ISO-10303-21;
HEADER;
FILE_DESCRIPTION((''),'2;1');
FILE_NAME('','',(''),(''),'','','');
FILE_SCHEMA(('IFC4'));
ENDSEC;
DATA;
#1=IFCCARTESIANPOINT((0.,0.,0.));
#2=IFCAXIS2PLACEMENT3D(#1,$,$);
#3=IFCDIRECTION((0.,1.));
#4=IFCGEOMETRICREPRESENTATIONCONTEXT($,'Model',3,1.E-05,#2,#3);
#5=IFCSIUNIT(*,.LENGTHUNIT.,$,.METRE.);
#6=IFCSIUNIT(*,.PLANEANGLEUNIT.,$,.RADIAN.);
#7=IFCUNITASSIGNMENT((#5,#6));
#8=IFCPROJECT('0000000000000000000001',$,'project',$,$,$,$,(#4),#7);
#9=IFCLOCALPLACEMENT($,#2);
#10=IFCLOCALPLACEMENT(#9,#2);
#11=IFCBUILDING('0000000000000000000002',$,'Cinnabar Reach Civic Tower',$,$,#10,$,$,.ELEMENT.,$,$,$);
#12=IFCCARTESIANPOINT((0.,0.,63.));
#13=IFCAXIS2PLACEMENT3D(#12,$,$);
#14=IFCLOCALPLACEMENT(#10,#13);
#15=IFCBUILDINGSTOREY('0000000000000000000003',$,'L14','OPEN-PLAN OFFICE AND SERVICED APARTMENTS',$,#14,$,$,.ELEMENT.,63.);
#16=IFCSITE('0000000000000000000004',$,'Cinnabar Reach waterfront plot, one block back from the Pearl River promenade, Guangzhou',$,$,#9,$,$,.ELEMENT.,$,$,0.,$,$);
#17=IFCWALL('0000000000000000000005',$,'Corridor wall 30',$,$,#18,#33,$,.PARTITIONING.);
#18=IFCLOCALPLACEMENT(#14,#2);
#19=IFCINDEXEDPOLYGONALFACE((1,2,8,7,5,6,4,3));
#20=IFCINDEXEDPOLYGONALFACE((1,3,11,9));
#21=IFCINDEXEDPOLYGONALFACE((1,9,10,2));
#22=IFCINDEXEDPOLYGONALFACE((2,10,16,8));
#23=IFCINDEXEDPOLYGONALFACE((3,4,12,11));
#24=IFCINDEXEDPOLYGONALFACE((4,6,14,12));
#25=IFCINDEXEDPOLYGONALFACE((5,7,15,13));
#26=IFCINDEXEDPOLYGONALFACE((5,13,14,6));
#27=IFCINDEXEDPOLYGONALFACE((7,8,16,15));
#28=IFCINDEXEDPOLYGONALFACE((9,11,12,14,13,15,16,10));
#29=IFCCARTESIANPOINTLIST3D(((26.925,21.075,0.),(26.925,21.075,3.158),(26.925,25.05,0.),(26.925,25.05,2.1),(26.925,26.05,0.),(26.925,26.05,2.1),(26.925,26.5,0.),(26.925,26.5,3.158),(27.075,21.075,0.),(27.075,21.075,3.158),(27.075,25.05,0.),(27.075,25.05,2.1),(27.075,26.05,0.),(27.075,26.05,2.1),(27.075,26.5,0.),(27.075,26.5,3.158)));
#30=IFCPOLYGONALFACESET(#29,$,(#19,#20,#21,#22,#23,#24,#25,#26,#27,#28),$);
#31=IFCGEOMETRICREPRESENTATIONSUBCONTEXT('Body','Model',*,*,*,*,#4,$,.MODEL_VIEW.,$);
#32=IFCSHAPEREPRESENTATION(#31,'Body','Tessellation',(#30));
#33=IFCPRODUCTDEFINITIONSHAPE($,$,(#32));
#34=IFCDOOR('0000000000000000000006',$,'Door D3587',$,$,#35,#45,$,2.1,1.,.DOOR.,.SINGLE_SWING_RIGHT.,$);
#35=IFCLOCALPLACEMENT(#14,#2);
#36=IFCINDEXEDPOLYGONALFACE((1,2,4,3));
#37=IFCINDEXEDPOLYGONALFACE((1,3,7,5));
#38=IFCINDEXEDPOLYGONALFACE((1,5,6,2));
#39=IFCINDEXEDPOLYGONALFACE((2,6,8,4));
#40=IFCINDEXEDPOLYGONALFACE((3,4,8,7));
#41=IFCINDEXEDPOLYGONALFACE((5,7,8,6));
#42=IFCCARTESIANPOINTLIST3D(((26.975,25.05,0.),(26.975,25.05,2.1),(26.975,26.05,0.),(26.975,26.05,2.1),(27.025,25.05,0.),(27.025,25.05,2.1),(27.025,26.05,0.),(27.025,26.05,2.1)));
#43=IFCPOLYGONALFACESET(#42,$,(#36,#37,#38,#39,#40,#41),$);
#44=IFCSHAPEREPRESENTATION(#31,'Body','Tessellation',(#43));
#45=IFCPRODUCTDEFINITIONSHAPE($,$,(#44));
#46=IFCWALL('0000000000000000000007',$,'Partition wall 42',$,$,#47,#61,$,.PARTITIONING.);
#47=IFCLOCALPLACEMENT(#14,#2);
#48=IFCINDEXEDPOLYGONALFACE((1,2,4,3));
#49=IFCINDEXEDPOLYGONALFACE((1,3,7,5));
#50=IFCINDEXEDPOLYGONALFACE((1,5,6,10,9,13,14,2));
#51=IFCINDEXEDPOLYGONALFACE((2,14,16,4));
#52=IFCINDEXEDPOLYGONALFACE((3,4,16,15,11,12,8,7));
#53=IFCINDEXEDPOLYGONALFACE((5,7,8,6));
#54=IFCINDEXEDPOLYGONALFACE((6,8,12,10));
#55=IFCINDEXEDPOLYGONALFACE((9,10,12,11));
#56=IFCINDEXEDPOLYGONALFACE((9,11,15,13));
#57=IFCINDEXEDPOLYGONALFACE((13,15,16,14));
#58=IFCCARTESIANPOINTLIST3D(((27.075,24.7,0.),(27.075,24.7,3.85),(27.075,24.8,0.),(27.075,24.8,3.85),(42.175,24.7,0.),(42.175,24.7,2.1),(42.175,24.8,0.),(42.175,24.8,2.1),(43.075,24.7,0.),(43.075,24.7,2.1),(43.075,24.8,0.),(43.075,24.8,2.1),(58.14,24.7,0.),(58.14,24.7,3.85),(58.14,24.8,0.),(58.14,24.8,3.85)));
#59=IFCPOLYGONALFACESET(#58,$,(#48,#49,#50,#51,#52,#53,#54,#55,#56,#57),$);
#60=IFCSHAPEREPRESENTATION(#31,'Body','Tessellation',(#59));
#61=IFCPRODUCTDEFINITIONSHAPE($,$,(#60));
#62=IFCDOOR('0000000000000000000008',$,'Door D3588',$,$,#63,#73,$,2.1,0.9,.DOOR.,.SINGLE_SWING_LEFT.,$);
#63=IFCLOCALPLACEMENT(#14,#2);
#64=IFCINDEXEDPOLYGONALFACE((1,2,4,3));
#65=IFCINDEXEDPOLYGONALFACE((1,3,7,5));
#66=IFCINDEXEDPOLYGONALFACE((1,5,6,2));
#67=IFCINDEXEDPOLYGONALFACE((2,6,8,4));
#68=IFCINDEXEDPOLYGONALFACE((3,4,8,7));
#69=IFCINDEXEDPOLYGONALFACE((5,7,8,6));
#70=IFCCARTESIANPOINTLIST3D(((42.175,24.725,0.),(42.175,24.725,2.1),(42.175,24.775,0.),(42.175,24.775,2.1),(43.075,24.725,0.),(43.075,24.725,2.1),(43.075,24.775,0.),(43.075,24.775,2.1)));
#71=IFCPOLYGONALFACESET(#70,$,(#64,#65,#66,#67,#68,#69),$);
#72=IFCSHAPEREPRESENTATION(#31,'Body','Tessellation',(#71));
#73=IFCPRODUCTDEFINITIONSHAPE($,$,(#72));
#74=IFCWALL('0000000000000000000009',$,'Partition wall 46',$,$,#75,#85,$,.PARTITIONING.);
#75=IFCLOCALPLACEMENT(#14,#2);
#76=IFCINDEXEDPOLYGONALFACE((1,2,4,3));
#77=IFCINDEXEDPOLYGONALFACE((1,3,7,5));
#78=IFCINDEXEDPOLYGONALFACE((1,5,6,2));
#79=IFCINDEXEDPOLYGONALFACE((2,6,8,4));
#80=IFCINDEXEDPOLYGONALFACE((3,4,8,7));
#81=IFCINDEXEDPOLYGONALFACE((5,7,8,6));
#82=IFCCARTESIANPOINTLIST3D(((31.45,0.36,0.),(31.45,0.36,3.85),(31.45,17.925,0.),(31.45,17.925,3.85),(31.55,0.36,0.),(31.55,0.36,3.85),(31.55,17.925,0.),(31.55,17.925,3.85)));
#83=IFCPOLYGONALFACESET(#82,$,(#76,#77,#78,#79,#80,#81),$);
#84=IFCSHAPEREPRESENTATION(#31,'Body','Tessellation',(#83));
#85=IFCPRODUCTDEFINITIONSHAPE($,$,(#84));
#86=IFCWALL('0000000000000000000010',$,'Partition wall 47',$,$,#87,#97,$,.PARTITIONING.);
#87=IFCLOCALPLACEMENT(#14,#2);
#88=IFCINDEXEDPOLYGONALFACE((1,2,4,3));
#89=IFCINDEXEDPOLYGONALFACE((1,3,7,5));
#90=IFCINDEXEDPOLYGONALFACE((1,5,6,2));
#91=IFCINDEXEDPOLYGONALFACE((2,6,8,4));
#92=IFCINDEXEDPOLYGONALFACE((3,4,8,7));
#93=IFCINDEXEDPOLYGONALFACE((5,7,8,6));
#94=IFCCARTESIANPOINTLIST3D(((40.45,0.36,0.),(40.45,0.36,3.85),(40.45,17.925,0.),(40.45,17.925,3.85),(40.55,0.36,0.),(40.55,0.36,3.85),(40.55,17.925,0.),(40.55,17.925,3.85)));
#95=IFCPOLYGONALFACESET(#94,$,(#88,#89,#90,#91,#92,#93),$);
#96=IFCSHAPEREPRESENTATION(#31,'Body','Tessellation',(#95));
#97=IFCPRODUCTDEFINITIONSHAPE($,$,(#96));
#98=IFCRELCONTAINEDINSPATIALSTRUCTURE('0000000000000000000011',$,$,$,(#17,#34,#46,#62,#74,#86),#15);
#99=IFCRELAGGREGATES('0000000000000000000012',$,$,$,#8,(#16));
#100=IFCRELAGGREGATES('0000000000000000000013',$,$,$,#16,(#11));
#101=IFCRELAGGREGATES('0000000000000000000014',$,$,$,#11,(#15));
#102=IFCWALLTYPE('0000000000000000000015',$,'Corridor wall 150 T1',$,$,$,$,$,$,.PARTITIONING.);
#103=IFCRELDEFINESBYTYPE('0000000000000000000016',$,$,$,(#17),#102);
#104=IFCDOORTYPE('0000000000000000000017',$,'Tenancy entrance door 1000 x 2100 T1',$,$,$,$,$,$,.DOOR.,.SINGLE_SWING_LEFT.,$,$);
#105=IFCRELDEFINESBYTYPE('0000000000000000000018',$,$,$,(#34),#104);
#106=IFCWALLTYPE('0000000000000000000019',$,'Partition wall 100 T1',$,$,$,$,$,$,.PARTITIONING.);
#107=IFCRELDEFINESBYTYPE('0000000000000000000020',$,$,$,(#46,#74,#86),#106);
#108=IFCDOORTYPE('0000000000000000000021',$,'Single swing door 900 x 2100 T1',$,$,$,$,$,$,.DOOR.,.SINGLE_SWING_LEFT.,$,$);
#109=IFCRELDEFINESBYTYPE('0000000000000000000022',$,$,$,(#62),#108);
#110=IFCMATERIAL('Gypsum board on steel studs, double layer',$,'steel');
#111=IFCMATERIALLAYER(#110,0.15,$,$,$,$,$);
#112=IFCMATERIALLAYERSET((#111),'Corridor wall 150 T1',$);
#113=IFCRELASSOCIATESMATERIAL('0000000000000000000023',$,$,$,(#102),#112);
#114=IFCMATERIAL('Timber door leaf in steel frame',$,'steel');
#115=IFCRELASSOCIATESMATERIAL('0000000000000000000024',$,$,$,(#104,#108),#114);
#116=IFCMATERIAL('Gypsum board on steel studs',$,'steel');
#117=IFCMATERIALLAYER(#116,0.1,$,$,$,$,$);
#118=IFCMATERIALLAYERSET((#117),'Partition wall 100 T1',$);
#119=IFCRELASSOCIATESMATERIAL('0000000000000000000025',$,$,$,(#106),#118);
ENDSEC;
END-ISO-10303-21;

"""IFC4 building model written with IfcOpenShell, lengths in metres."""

from ifc_helpers import new_model, si_unit, direction, frame, frame_2d, origin, place, context, subcontext, project, spatial, rectangle, extrude, material, layer, layer_set, type_object, element, fill, save


model = new_model("IFC4")

# Units and contexts
model_context = context("Model", 3, precision=1e-05, world=origin(), true_north=direction((0.0, 1.0)))
body_context = subcontext(model_context, "Body", "Model", "MODEL_VIEW")
ifc_project = project(units=[si_unit("LENGTHUNIT", "METRE"), si_unit("PLANEANGLEUNIT", "RADIAN")], contexts=[model_context])

# Site, building, storey
site_placement = place(None, origin())
site = spatial("IfcSite", under=ifc_project, at=site_placement, Name="Cinnabar Reach waterfront plot, one block back from the Pearl River promenade, Guangzhou", CompositionType="ELEMENT", RefElevation=0.0)
building_placement = place(site_placement, origin())
building = spatial("IfcBuilding", under=site, at=building_placement, Name="Cinnabar Reach Civic Tower", CompositionType="ELEMENT")
storey_placement = place(building_placement, frame((0.0, 0.0, 63.0)))
storey = spatial("IfcBuildingStorey", under=building, at=storey_placement, Name="L14", Description="OPEN-PLAN OFFICE AND SERVICED APARTMENTS", CompositionType="ELEMENT", Elevation=63.0)

# Walls, openings, doors
ifc_material_1 = material(Name="Gypsum board on steel studs, double layer", Category="steel")
ifc_layer_1 = layer(ifc_material_1, 0.15)
ifc_layer_set_1 = layer_set([ifc_layer_1], Name="Corridor wall 150 T1")
wall_type_1 = type_object("IfcWallType", Name="Corridor wall 150 T1", PredefinedType="PARTITIONING", material=ifc_layer_set_1)
ifc_material_2 = material(Name="Timber door leaf in steel frame", Category="steel")
wall_1_placement = place(storey_placement, frame((27.0, 21.075, 0.0), z_axis=(0.0, 0.0, 1.0), x_axis=(0.0, 1.0, 0.0)))
wall_1 = element("IfcWall", 1, at=wall_1_placement, inside=storey, type_object=wall_type_1, Name="Corridor wall 30", PredefinedType="PARTITIONING", context=body_context, shape_type="SweptSolid", body=[
    extrude(rectangle(XDim=5.425, YDim=0.15, at=frame_2d((2.7125, 0.0))), origin(), (0.0, 0.0, 1.0), 3.158),
])
opening_1_placement = place(wall_1_placement, frame((3.975, 0.0, 0.0)))
opening_1 = element("IfcOpeningElement", 2, at=opening_1_placement, cuts=wall_1, PredefinedType="OPENING", context=body_context, shape_type="SweptSolid", body=[
    extrude(rectangle(XDim=1.0, YDim=2.1, at=frame_2d((0.5, 1.05))), frame((0.0, 0.085, 0.0), z_axis=(0.0, -1.0, 0.0), x_axis=(1.0, 0.0, 0.0)), (0.0, 0.0, 1.0), 0.17),
])
door_type_1 = type_object("IfcDoorType", Name="Tenancy entrance door 1000 x 2100 T1", OperationType="SINGLE_SWING_LEFT", PredefinedType="DOOR", material=ifc_material_2)
door_1_placement = place(opening_1_placement, frame((1.0, 0.0, 0.0), z_axis=(0.0, 0.0, 1.0), x_axis=(-1.0, 0.0, 0.0)))
door_1 = element("IfcDoor", 3, at=door_1_placement, inside=storey, type_object=door_type_1, Name="Door D3587", OperationType="SINGLE_SWING_RIGHT", OverallHeight=2.1, OverallWidth=1.0, PredefinedType="DOOR", context=body_context, shape_type="SweptSolid", body=[
    extrude(rectangle(XDim=1.0, YDim=2.1, at=frame_2d((0.5, 1.05))), frame((0.0, 0.025, 0.0), z_axis=(0.0, -1.0, 0.0), x_axis=(1.0, 0.0, 0.0)), (0.0, 0.0, 1.0), 0.05),
])
fill(opening_1, door_1)
ifc_material_3 = material(Name="Gypsum board on steel studs", Category="steel")
ifc_layer_2 = layer(ifc_material_3, 0.1)
ifc_layer_set_2 = layer_set([ifc_layer_2], Name="Partition wall 100 T1")
wall_type_2 = type_object("IfcWallType", Name="Partition wall 100 T1", PredefinedType="PARTITIONING", material=ifc_layer_set_2)
wall_2_placement = place(storey_placement, frame((27.075, 24.75, 0.0), z_axis=(0.0, 0.0, 1.0), x_axis=(1.0, 0.0, 0.0)))
wall_2 = element("IfcWall", 4, at=wall_2_placement, inside=storey, type_object=wall_type_2, Name="Partition wall 42", PredefinedType="PARTITIONING", context=body_context, shape_type="SweptSolid", body=[
    extrude(rectangle(XDim=31.065, YDim=0.1, at=frame_2d((15.5325, 0.0))), origin(), (0.0, 0.0, 1.0), 3.85),
])
opening_2_placement = place(wall_2_placement, frame((15.1, 0.0, 0.0)))
opening_2 = element("IfcOpeningElement", 5, at=opening_2_placement, cuts=wall_2, PredefinedType="OPENING", context=body_context, shape_type="SweptSolid", body=[
    extrude(rectangle(XDim=0.9, YDim=2.1, at=frame_2d((0.45, 1.05))), frame((0.0, 0.06, 0.0), z_axis=(0.0, -1.0, 0.0), x_axis=(1.0, 0.0, 0.0)), (0.0, 0.0, 1.0), 0.12),
])
door_type_2 = type_object("IfcDoorType", Name="Single swing door 900 x 2100 T1", OperationType="SINGLE_SWING_LEFT", PredefinedType="DOOR", material=ifc_material_2)
door_2_placement = place(opening_2_placement, frame((0.9, 0.0, 0.0), z_axis=(0.0, 0.0, 1.0), x_axis=(-1.0, 0.0, 0.0)))
door_2 = element("IfcDoor", 6, at=door_2_placement, inside=storey, type_object=door_type_2, Name="Door D3588", OperationType="SINGLE_SWING_LEFT", OverallHeight=2.1, OverallWidth=0.9, PredefinedType="DOOR", context=body_context, shape_type="SweptSolid", body=[
    extrude(rectangle(XDim=0.9, YDim=2.1, at=frame_2d((0.45, 1.05))), frame((0.0, 0.025, 0.0), z_axis=(0.0, -1.0, 0.0), x_axis=(1.0, 0.0, 0.0)), (0.0, 0.0, 1.0), 0.05),
])
fill(opening_2, door_2)

# Walls
for number, where, z_axis, x_axis, name in (
    (7, (31.5, 0.36, 0.0), (0.0, 0.0, 1.0), (0.0, 1.0, 0.0), "Partition wall 46"),
    (8, (40.5, 0.36, 0.0), (0.0, 0.0, 1.0), (0.0, 1.0, 0.0), "Partition wall 47"),
):
    element("IfcWall", number, at=place(storey_placement, frame(where, z_axis=z_axis, x_axis=x_axis)), inside=storey, type_object=wall_type_2, Name=name, PredefinedType="PARTITIONING", context=body_context, shape_type="SweptSolid", body=[
        extrude(rectangle(XDim=17.565, YDim=0.1, at=frame_2d((8.7825, 0.0))), origin(), (0.0, 0.0, 1.0), 3.85),
    ])

save(model, "model.ifc")
